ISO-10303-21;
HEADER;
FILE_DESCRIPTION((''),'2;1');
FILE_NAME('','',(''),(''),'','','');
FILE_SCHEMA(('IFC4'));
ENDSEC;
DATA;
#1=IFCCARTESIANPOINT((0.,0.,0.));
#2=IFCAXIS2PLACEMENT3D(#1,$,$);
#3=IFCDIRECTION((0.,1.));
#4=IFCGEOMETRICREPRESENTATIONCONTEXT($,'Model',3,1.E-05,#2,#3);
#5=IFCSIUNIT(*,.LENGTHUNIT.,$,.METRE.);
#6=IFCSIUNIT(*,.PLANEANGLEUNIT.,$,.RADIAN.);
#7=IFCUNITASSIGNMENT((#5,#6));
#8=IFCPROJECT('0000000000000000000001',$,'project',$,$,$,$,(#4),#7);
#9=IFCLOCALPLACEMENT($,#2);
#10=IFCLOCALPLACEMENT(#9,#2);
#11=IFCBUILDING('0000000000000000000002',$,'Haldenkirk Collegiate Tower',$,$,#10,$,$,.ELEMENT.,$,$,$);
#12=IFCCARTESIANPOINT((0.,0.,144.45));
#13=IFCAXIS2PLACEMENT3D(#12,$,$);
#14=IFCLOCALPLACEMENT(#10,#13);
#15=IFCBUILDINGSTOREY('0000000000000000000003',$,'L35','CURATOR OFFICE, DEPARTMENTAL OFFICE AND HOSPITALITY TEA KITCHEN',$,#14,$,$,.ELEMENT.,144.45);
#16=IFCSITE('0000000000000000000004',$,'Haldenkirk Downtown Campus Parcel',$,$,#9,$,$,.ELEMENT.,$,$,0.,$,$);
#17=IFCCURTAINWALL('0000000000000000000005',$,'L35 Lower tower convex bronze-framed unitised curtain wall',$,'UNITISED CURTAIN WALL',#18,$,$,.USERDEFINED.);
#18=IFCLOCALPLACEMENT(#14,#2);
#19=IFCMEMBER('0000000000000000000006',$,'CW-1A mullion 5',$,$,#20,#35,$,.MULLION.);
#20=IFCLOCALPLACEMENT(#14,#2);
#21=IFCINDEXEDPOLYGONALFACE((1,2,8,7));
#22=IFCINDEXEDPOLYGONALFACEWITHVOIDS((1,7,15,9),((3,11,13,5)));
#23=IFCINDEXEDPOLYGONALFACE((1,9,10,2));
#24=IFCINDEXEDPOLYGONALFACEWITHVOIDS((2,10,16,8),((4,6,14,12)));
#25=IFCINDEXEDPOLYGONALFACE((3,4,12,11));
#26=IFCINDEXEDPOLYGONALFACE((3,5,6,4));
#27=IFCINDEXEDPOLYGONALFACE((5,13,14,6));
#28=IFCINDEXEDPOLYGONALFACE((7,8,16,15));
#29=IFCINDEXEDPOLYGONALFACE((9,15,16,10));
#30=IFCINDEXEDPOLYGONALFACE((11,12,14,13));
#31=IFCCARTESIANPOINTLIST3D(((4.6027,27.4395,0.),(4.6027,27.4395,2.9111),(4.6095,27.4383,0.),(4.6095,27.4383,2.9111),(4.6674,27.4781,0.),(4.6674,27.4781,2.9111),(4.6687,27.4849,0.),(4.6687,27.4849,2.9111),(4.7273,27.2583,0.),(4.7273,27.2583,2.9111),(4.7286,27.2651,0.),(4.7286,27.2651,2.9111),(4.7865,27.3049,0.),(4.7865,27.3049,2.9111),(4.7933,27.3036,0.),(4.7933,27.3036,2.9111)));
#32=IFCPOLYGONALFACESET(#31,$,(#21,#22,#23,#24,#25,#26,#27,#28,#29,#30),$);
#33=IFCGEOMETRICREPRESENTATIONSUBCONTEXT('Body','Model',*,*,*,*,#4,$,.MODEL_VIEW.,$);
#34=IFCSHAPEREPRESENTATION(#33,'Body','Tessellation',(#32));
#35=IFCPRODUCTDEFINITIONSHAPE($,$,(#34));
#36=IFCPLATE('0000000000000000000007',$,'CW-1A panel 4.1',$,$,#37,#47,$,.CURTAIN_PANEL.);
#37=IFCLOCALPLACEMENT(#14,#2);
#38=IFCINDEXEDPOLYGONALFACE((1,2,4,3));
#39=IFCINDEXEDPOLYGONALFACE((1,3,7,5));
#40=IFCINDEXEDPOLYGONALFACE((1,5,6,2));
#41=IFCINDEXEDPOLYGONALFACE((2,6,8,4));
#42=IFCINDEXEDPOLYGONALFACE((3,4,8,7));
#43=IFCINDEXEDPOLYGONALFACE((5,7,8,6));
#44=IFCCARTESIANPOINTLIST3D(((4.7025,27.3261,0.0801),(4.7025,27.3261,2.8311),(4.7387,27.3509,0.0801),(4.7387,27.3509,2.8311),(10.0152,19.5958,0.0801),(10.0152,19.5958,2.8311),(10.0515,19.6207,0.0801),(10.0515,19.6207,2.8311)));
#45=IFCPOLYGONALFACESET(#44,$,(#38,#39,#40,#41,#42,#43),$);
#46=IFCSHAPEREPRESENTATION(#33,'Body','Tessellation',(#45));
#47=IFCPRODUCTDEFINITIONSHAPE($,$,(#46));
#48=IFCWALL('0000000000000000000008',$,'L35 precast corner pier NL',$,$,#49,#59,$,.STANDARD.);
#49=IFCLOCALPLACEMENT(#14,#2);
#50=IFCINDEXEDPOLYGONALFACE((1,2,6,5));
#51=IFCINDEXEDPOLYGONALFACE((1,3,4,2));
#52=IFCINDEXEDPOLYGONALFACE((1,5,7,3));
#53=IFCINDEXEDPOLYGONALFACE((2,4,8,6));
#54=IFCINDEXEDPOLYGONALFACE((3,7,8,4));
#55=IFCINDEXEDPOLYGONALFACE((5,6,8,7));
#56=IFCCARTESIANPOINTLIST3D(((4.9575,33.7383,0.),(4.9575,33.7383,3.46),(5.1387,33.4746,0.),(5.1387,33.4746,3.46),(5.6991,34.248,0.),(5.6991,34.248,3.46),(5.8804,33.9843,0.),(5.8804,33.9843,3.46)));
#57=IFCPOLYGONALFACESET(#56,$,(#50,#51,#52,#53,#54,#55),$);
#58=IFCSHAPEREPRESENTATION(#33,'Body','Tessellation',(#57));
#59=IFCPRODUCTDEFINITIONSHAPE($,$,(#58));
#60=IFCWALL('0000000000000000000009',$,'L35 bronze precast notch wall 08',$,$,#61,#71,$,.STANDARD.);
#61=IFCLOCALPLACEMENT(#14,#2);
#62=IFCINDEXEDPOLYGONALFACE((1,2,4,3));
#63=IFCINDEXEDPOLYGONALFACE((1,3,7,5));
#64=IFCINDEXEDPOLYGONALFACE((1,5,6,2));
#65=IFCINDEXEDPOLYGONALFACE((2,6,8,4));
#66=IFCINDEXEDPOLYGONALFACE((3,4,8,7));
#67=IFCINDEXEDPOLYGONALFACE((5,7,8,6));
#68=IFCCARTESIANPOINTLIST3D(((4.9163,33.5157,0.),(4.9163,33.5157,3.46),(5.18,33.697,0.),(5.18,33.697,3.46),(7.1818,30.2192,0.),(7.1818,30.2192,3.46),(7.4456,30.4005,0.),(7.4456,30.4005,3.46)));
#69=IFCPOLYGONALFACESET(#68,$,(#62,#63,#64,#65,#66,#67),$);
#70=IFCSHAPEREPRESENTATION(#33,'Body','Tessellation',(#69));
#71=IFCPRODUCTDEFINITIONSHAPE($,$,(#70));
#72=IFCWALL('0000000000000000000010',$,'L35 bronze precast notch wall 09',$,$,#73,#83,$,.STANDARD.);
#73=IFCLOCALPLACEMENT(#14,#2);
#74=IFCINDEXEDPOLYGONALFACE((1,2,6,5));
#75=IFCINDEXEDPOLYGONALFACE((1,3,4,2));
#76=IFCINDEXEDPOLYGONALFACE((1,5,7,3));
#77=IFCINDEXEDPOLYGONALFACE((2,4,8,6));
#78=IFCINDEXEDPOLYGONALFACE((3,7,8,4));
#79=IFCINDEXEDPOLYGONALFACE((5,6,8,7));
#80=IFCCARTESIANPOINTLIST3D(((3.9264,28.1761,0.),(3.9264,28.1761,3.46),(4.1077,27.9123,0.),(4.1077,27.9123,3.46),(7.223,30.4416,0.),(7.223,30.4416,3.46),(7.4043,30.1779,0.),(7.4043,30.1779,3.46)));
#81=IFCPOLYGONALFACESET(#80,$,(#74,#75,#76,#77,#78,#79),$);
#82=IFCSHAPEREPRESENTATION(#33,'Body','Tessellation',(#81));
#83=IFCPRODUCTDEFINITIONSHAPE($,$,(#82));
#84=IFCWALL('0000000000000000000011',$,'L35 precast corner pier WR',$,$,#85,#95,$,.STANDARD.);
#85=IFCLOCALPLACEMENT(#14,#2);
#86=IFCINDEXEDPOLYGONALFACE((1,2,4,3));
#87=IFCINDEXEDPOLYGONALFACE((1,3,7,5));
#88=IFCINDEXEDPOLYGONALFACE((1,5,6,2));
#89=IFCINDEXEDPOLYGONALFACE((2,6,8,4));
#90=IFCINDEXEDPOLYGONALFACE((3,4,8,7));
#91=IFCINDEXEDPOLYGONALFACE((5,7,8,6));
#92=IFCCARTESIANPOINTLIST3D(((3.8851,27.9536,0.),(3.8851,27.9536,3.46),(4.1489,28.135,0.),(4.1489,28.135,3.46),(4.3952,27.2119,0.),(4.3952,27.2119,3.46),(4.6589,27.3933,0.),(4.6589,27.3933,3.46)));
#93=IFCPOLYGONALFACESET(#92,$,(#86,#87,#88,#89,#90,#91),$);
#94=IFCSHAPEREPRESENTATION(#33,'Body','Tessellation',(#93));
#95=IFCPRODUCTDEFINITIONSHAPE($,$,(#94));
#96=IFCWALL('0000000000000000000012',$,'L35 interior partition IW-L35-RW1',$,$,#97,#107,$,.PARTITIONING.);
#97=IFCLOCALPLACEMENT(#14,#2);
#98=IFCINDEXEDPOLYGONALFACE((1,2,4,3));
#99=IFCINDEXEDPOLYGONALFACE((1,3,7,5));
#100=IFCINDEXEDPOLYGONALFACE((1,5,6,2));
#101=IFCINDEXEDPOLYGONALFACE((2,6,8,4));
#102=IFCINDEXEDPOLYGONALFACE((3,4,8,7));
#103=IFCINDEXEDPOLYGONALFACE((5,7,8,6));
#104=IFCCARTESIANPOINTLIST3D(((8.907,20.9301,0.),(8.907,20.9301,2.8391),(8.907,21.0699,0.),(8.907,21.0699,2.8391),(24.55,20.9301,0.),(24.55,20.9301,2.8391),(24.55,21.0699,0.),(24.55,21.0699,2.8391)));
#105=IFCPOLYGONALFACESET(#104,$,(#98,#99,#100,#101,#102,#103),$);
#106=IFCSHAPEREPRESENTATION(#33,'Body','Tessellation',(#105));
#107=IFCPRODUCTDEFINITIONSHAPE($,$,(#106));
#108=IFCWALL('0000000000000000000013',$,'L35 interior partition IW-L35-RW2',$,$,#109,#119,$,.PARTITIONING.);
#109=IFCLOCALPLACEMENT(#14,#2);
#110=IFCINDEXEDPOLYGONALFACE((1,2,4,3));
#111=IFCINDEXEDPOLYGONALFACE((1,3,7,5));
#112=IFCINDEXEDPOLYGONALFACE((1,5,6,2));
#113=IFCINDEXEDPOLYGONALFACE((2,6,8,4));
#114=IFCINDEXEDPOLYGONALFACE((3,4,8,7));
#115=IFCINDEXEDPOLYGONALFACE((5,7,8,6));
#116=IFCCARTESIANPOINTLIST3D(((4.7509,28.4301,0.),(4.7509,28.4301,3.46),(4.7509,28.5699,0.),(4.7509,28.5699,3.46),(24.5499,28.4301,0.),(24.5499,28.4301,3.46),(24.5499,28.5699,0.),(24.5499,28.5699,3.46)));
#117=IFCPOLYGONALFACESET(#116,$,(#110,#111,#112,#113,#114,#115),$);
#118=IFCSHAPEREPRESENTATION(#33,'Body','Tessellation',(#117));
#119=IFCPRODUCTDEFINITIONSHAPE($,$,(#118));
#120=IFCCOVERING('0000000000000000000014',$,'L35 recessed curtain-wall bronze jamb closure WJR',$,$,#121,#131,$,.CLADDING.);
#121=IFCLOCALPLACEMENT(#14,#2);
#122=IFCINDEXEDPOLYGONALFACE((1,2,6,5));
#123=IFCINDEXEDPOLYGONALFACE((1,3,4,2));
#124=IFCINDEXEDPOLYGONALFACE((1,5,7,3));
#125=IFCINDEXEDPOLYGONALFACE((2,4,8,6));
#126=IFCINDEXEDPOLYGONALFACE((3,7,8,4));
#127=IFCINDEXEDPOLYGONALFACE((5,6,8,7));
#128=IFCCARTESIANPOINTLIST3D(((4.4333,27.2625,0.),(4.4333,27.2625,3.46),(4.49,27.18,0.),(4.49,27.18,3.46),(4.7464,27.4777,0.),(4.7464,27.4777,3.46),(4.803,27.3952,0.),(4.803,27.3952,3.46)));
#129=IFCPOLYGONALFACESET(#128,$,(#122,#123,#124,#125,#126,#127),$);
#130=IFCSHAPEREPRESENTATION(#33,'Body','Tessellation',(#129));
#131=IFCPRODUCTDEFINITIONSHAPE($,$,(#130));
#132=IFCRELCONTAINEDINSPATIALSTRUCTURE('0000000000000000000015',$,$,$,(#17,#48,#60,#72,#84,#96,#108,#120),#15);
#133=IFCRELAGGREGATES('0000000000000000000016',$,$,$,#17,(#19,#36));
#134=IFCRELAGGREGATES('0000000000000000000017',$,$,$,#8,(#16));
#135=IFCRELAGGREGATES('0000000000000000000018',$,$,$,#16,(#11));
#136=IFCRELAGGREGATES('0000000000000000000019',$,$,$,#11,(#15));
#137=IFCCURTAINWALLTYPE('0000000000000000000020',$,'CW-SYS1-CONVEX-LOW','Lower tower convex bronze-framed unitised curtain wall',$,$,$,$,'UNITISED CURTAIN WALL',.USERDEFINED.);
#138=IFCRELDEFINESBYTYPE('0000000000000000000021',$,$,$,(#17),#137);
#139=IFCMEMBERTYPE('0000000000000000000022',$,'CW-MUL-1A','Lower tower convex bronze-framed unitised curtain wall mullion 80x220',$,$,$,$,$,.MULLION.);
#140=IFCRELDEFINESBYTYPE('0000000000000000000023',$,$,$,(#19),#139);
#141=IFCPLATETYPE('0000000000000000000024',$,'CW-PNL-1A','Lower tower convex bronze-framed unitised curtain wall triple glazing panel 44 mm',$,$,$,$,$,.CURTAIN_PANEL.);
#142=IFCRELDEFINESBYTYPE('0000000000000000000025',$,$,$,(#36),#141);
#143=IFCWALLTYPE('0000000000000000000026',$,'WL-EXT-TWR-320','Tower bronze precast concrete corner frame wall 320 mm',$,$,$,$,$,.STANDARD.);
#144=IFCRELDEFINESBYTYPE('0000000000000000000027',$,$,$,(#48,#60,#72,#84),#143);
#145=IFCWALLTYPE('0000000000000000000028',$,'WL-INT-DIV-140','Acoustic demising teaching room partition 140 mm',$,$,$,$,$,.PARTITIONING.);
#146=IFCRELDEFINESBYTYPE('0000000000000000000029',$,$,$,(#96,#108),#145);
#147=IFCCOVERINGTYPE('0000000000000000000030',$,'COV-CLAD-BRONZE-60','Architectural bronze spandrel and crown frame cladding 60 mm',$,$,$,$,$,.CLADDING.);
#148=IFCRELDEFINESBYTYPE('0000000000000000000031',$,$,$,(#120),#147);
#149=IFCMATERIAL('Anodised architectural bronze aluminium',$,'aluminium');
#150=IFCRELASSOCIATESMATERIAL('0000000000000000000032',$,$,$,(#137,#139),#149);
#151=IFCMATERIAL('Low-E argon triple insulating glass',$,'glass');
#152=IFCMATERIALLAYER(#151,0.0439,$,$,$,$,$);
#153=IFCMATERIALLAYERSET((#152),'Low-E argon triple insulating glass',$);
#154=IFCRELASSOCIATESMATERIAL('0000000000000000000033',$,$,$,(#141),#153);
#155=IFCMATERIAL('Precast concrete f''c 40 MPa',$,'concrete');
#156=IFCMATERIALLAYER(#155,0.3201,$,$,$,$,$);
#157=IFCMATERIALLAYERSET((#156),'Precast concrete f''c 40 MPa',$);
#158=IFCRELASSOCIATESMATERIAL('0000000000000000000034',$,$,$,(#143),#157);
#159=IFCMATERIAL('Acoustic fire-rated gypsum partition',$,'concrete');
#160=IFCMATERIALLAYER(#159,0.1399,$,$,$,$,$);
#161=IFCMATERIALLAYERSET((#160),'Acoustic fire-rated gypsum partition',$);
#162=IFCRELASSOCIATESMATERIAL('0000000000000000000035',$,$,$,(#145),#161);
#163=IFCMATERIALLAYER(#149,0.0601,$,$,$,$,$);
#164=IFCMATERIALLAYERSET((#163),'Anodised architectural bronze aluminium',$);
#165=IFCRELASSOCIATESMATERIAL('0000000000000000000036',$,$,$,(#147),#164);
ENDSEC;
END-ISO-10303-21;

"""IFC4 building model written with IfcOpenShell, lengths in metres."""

from ifc_helpers import new_model, si_unit, direction, frame, frame_2d, origin, origin_2d, place, context, subcontext, project, spatial, rectangle, hollow_rectangle, extrude, source, transform, mapped, material, layer, layer_set, material_profile, profile_set, type_object, element, aggregate, save


model = new_model("IFC4")

# Units and contexts
model_context = context("Model", 3, precision=1e-05, world=origin(), true_north=direction((0.0, 1.0)))
body_context = subcontext(model_context, "Body", "Model", "MODEL_VIEW")
ifc_project = project(units=[si_unit("LENGTHUNIT", "METRE"), si_unit("PLANEANGLEUNIT", "RADIAN")], contexts=[model_context])

# Site, building, storey
site_placement = place(None, origin())
site = spatial("IfcSite", under=ifc_project, at=site_placement, Name="Haldenkirk Downtown Campus Parcel", CompositionType="ELEMENT", RefElevation=0.0)
building_placement = place(site_placement, origin())
building = spatial("IfcBuilding", under=site, at=building_placement, Name="Haldenkirk Collegiate Tower", CompositionType="ELEMENT")
storey_placement = place(building_placement, frame((0.0, 0.0, 144.45)))
storey = spatial("IfcBuildingStorey", under=building, at=storey_placement, Name="L35", Description="CURATOR OFFICE, DEPARTMENTAL OFFICE AND HOSPITALITY TEA KITCHEN", CompositionType="ELEMENT", Elevation=144.45)

# Curtain wall, member, plate
ifc_material_1 = material(Name="Anodised architectural bronze aluminium", Category="aluminium")
curtain_wall_type = type_object("IfcCurtainWallType", Name="CW-SYS1-CONVEX-LOW", Description="Lower tower convex bronze-framed unitised curtain wall", ElementType="UNITISED CURTAIN WALL", PredefinedType="USERDEFINED", material=ifc_material_1)
curtain_wall_placement = place(storey_placement, origin())
curtain_wall = element("IfcCurtainWall", 1, at=curtain_wall_placement, inside=storey, type_object=curtain_wall_type, Name="L35 Lower tower convex bronze-framed unitised curtain wall", ObjectType="UNITISED CURTAIN WALL", PredefinedType="USERDEFINED")
ifc_material_profile_1 = material_profile(ifc_material_1, hollow_rectangle(XDim=0.0801, YDim=0.22, WallThickness=0.0049, at=origin_2d()), Name="CW-MUL-1A")
ifc_profile_set_1 = profile_set([ifc_material_profile_1], Name="Anodised architectural bronze aluminium")
member_type = type_object("IfcMemberType", Name="CW-MUL-1A", Description="Lower tower convex bronze-framed unitised curtain wall mullion 80x220", PredefinedType="MULLION", material=ifc_profile_set_1)
member_placement = place(storey_placement, frame((4.698, 27.3716, 0.0), z_axis=(0.0, 0.0, 1.0), x_axis=(-0.824129, -0.566403, 0.0)))
member = element("IfcMember", 2, at=member_placement, type_object=member_type, Name="CW-1A mullion 5", PredefinedType="MULLION", context=body_context, shape_type="SweptSolid", body=[
    extrude(hollow_rectangle(XDim=0.0801, YDim=0.22, WallThickness=0.0049, at=origin_2d()), origin(), (0.0, 0.0, 1.0), 2.9111),
])
ifc_material_2 = material(Name="Low-E argon triple insulating glass", Category="glass")
ifc_layer_1 = layer(ifc_material_2, 0.0439)
ifc_layer_set_1 = layer_set([ifc_layer_1], Name="Low-E argon triple insulating glass")
plate_type = type_object("IfcPlateType", Name="CW-PNL-1A", Description="Lower tower convex bronze-framed unitised curtain wall triple glazing panel 44 mm", PredefinedType="CURTAIN_PANEL", material=ifc_layer_set_1)
shared_shape_1 = source(origin(), body_context, "Body", "SweptSolid", [
    extrude(rectangle(XDim=9.3799, YDim=0.0439, at=origin_2d()), origin(), (0.0, 0.0, 1.0), 2.751),
])
plate_placement = place(storey_placement, frame((7.377, 23.4734, 0.0801), z_axis=(0.0, 0.0, 1.0), x_axis=(-0.566403, 0.824129, 0.0)))
plate = element("IfcPlate", 3, at=plate_placement, type_object=plate_type, Name="CW-1A panel 4.1", PredefinedType="CURTAIN_PANEL", context=body_context, shape_type="MappedRepresentation", body=[
    mapped(shared_shape_1, transform((0.0, 0.0, 0.0), x_axis=(1.0, 0.0, 0.0), y_axis=(0.0, 1.0, 0.0), z_axis=(0.0, 0.0, 1.0), scale=1.0)),
])
aggregate(curtain_wall, [member, plate])

# Walls
ifc_material_3 = material(Name="Precast concrete f'c 40 MPa", Category="concrete")
ifc_layer_2 = layer(ifc_material_3, 0.3201)
ifc_layer_set_2 = layer_set([ifc_layer_2], Name="Precast concrete f'c 40 MPa")
wall_type_1 = type_object("IfcWallType", Name="WL-EXT-TWR-320", Description="Tower bronze precast concrete corner frame wall 320 mm", PredefinedType="STANDARD", material=ifc_layer_set_2)
wall_1_placement = place(storey_placement, frame((5.0481, 33.6064, 0.0), z_axis=(0.0, 0.0, 1.0), x_axis=(0.824121, 0.566414, 0.0)))
element("IfcWall", 4, at=wall_1_placement, inside=storey, type_object=wall_type_1, Name="L35 precast corner pier NL", PredefinedType="STANDARD", context=body_context, shape_type="SweptSolid", body=[
    extrude(rectangle(XDim=0.8999, YDim=0.3201, at=frame_2d((0.45, 0.0))), origin(), (0.0, 0.0, 1.0), 3.46),
])
for number, where, z_axis, x_axis, name in (
    (5, (7.3137, 30.3098, 0.0), (0.0, 0.0, 1.0), (-0.566392, 0.824136, 0.0), "L35 bronze precast notch wall 08"),
    (6, (4.0171, 28.0442, 0.0), (0.0, 0.0, 1.0), (0.824136, 0.566392, 0.0), "L35 bronze precast notch wall 09"),
):
    element("IfcWall", number, at=place(storey_placement, frame(where, z_axis=z_axis, x_axis=x_axis)), inside=storey, type_object=wall_type_1, Name=name, PredefinedType="STANDARD", context=body_context, shape_type="SweptSolid", body=[
        extrude(rectangle(XDim=4.0, YDim=0.3201, at=frame_2d((2.0, 0.0))), origin(), (0.0, 0.0, 1.0), 3.46),
    ])
wall_2_placement = place(storey_placement, frame((4.5271, 27.3025, 0.0), z_axis=(0.0, 0.0, 1.0), x_axis=(-0.566598, 0.823994, 0.0)))
element("IfcWall", 7, at=wall_2_placement, inside=storey, type_object=wall_type_1, Name="L35 precast corner pier WR", PredefinedType="STANDARD", context=body_context, shape_type="SweptSolid", body=[
    extrude(rectangle(XDim=0.9001, YDim=0.3201, at=frame_2d((0.4502, 0.0))), origin(), (0.0, 0.0, 1.0), 3.46),
])
ifc_material_4 = material(Name="Acoustic fire-rated gypsum partition", Category="concrete")
ifc_layer_3 = layer(ifc_material_4, 0.1399)
ifc_layer_set_3 = layer_set([ifc_layer_3], Name="Acoustic fire-rated gypsum partition")
wall_type_2 = type_object("IfcWallType", Name="WL-INT-DIV-140", Description="Acoustic demising teaching room partition 140 mm", PredefinedType="PARTITIONING", material=ifc_layer_set_3)
wall_3_placement = place(storey_placement, frame((8.907, 21.0, 0.0), z_axis=(0.0, 0.0, 1.0), x_axis=(1.0, 0.0, 0.0)))
element("IfcWall", 8, at=wall_3_placement, inside=storey, type_object=wall_type_2, Name="L35 interior partition IW-L35-RW1", PredefinedType="PARTITIONING", context=body_context, shape_type="SweptSolid", body=[
    extrude(rectangle(XDim=15.6431, YDim=0.1399, at=frame_2d((7.8215, 0.0))), origin(), (0.0, 0.0, 1.0), 2.8391),
])
wall_4_placement = place(storey_placement, frame((4.751, 28.5, 0.0), z_axis=(0.0, 0.0, 1.0), x_axis=(1.0, 0.0, 0.0)))
element("IfcWall", 9, at=wall_4_placement, inside=storey, type_object=wall_type_2, Name="L35 interior partition IW-L35-RW2", PredefinedType="PARTITIONING", context=body_context, shape_type="SweptSolid", body=[
    extrude(rectangle(XDim=19.7991, YDim=0.1399, at=frame_2d((9.8994, 0.0))), origin(), (0.0, 0.0, 1.0), 3.46),
])

# Covering
ifc_layer_4 = layer(ifc_material_1, 0.0601)
ifc_layer_set_4 = layer_set([ifc_layer_4], Name="Anodised architectural bronze aluminium")
covering_type = type_object("IfcCoveringType", Name="COV-CLAD-BRONZE-60", Description="Architectural bronze spandrel and crown frame cladding 60 mm", PredefinedType="CLADDING", material=ifc_layer_set_4)
shared_shape_2 = source(origin(), body_context, "Body", "SweptSolid", [
    extrude(rectangle(XDim=0.1001, YDim=0.3799, at=origin_2d()), origin(), (0.0, 0.0, 1.0), 3.46),
])
covering_placement = place(storey_placement, frame((4.6182, 27.3289, 0.0), z_axis=(0.0, 0.0, 1.0), x_axis=(-0.566406, 0.824126, 0.0)))
element("IfcCovering", 10, at=covering_placement, inside=storey, type_object=covering_type, Name="L35 recessed curtain-wall bronze jamb closure WJR", PredefinedType="CLADDING", context=body_context, shape_type="MappedRepresentation", body=[
    mapped(shared_shape_2, transform((0.0, 0.0, 0.0), x_axis=(1.0, 0.0, 0.0), y_axis=(0.0, 1.0, 0.0), z_axis=(0.0, 0.0, 1.0), scale=1.0)),
])

save(model, "model.ifc")
